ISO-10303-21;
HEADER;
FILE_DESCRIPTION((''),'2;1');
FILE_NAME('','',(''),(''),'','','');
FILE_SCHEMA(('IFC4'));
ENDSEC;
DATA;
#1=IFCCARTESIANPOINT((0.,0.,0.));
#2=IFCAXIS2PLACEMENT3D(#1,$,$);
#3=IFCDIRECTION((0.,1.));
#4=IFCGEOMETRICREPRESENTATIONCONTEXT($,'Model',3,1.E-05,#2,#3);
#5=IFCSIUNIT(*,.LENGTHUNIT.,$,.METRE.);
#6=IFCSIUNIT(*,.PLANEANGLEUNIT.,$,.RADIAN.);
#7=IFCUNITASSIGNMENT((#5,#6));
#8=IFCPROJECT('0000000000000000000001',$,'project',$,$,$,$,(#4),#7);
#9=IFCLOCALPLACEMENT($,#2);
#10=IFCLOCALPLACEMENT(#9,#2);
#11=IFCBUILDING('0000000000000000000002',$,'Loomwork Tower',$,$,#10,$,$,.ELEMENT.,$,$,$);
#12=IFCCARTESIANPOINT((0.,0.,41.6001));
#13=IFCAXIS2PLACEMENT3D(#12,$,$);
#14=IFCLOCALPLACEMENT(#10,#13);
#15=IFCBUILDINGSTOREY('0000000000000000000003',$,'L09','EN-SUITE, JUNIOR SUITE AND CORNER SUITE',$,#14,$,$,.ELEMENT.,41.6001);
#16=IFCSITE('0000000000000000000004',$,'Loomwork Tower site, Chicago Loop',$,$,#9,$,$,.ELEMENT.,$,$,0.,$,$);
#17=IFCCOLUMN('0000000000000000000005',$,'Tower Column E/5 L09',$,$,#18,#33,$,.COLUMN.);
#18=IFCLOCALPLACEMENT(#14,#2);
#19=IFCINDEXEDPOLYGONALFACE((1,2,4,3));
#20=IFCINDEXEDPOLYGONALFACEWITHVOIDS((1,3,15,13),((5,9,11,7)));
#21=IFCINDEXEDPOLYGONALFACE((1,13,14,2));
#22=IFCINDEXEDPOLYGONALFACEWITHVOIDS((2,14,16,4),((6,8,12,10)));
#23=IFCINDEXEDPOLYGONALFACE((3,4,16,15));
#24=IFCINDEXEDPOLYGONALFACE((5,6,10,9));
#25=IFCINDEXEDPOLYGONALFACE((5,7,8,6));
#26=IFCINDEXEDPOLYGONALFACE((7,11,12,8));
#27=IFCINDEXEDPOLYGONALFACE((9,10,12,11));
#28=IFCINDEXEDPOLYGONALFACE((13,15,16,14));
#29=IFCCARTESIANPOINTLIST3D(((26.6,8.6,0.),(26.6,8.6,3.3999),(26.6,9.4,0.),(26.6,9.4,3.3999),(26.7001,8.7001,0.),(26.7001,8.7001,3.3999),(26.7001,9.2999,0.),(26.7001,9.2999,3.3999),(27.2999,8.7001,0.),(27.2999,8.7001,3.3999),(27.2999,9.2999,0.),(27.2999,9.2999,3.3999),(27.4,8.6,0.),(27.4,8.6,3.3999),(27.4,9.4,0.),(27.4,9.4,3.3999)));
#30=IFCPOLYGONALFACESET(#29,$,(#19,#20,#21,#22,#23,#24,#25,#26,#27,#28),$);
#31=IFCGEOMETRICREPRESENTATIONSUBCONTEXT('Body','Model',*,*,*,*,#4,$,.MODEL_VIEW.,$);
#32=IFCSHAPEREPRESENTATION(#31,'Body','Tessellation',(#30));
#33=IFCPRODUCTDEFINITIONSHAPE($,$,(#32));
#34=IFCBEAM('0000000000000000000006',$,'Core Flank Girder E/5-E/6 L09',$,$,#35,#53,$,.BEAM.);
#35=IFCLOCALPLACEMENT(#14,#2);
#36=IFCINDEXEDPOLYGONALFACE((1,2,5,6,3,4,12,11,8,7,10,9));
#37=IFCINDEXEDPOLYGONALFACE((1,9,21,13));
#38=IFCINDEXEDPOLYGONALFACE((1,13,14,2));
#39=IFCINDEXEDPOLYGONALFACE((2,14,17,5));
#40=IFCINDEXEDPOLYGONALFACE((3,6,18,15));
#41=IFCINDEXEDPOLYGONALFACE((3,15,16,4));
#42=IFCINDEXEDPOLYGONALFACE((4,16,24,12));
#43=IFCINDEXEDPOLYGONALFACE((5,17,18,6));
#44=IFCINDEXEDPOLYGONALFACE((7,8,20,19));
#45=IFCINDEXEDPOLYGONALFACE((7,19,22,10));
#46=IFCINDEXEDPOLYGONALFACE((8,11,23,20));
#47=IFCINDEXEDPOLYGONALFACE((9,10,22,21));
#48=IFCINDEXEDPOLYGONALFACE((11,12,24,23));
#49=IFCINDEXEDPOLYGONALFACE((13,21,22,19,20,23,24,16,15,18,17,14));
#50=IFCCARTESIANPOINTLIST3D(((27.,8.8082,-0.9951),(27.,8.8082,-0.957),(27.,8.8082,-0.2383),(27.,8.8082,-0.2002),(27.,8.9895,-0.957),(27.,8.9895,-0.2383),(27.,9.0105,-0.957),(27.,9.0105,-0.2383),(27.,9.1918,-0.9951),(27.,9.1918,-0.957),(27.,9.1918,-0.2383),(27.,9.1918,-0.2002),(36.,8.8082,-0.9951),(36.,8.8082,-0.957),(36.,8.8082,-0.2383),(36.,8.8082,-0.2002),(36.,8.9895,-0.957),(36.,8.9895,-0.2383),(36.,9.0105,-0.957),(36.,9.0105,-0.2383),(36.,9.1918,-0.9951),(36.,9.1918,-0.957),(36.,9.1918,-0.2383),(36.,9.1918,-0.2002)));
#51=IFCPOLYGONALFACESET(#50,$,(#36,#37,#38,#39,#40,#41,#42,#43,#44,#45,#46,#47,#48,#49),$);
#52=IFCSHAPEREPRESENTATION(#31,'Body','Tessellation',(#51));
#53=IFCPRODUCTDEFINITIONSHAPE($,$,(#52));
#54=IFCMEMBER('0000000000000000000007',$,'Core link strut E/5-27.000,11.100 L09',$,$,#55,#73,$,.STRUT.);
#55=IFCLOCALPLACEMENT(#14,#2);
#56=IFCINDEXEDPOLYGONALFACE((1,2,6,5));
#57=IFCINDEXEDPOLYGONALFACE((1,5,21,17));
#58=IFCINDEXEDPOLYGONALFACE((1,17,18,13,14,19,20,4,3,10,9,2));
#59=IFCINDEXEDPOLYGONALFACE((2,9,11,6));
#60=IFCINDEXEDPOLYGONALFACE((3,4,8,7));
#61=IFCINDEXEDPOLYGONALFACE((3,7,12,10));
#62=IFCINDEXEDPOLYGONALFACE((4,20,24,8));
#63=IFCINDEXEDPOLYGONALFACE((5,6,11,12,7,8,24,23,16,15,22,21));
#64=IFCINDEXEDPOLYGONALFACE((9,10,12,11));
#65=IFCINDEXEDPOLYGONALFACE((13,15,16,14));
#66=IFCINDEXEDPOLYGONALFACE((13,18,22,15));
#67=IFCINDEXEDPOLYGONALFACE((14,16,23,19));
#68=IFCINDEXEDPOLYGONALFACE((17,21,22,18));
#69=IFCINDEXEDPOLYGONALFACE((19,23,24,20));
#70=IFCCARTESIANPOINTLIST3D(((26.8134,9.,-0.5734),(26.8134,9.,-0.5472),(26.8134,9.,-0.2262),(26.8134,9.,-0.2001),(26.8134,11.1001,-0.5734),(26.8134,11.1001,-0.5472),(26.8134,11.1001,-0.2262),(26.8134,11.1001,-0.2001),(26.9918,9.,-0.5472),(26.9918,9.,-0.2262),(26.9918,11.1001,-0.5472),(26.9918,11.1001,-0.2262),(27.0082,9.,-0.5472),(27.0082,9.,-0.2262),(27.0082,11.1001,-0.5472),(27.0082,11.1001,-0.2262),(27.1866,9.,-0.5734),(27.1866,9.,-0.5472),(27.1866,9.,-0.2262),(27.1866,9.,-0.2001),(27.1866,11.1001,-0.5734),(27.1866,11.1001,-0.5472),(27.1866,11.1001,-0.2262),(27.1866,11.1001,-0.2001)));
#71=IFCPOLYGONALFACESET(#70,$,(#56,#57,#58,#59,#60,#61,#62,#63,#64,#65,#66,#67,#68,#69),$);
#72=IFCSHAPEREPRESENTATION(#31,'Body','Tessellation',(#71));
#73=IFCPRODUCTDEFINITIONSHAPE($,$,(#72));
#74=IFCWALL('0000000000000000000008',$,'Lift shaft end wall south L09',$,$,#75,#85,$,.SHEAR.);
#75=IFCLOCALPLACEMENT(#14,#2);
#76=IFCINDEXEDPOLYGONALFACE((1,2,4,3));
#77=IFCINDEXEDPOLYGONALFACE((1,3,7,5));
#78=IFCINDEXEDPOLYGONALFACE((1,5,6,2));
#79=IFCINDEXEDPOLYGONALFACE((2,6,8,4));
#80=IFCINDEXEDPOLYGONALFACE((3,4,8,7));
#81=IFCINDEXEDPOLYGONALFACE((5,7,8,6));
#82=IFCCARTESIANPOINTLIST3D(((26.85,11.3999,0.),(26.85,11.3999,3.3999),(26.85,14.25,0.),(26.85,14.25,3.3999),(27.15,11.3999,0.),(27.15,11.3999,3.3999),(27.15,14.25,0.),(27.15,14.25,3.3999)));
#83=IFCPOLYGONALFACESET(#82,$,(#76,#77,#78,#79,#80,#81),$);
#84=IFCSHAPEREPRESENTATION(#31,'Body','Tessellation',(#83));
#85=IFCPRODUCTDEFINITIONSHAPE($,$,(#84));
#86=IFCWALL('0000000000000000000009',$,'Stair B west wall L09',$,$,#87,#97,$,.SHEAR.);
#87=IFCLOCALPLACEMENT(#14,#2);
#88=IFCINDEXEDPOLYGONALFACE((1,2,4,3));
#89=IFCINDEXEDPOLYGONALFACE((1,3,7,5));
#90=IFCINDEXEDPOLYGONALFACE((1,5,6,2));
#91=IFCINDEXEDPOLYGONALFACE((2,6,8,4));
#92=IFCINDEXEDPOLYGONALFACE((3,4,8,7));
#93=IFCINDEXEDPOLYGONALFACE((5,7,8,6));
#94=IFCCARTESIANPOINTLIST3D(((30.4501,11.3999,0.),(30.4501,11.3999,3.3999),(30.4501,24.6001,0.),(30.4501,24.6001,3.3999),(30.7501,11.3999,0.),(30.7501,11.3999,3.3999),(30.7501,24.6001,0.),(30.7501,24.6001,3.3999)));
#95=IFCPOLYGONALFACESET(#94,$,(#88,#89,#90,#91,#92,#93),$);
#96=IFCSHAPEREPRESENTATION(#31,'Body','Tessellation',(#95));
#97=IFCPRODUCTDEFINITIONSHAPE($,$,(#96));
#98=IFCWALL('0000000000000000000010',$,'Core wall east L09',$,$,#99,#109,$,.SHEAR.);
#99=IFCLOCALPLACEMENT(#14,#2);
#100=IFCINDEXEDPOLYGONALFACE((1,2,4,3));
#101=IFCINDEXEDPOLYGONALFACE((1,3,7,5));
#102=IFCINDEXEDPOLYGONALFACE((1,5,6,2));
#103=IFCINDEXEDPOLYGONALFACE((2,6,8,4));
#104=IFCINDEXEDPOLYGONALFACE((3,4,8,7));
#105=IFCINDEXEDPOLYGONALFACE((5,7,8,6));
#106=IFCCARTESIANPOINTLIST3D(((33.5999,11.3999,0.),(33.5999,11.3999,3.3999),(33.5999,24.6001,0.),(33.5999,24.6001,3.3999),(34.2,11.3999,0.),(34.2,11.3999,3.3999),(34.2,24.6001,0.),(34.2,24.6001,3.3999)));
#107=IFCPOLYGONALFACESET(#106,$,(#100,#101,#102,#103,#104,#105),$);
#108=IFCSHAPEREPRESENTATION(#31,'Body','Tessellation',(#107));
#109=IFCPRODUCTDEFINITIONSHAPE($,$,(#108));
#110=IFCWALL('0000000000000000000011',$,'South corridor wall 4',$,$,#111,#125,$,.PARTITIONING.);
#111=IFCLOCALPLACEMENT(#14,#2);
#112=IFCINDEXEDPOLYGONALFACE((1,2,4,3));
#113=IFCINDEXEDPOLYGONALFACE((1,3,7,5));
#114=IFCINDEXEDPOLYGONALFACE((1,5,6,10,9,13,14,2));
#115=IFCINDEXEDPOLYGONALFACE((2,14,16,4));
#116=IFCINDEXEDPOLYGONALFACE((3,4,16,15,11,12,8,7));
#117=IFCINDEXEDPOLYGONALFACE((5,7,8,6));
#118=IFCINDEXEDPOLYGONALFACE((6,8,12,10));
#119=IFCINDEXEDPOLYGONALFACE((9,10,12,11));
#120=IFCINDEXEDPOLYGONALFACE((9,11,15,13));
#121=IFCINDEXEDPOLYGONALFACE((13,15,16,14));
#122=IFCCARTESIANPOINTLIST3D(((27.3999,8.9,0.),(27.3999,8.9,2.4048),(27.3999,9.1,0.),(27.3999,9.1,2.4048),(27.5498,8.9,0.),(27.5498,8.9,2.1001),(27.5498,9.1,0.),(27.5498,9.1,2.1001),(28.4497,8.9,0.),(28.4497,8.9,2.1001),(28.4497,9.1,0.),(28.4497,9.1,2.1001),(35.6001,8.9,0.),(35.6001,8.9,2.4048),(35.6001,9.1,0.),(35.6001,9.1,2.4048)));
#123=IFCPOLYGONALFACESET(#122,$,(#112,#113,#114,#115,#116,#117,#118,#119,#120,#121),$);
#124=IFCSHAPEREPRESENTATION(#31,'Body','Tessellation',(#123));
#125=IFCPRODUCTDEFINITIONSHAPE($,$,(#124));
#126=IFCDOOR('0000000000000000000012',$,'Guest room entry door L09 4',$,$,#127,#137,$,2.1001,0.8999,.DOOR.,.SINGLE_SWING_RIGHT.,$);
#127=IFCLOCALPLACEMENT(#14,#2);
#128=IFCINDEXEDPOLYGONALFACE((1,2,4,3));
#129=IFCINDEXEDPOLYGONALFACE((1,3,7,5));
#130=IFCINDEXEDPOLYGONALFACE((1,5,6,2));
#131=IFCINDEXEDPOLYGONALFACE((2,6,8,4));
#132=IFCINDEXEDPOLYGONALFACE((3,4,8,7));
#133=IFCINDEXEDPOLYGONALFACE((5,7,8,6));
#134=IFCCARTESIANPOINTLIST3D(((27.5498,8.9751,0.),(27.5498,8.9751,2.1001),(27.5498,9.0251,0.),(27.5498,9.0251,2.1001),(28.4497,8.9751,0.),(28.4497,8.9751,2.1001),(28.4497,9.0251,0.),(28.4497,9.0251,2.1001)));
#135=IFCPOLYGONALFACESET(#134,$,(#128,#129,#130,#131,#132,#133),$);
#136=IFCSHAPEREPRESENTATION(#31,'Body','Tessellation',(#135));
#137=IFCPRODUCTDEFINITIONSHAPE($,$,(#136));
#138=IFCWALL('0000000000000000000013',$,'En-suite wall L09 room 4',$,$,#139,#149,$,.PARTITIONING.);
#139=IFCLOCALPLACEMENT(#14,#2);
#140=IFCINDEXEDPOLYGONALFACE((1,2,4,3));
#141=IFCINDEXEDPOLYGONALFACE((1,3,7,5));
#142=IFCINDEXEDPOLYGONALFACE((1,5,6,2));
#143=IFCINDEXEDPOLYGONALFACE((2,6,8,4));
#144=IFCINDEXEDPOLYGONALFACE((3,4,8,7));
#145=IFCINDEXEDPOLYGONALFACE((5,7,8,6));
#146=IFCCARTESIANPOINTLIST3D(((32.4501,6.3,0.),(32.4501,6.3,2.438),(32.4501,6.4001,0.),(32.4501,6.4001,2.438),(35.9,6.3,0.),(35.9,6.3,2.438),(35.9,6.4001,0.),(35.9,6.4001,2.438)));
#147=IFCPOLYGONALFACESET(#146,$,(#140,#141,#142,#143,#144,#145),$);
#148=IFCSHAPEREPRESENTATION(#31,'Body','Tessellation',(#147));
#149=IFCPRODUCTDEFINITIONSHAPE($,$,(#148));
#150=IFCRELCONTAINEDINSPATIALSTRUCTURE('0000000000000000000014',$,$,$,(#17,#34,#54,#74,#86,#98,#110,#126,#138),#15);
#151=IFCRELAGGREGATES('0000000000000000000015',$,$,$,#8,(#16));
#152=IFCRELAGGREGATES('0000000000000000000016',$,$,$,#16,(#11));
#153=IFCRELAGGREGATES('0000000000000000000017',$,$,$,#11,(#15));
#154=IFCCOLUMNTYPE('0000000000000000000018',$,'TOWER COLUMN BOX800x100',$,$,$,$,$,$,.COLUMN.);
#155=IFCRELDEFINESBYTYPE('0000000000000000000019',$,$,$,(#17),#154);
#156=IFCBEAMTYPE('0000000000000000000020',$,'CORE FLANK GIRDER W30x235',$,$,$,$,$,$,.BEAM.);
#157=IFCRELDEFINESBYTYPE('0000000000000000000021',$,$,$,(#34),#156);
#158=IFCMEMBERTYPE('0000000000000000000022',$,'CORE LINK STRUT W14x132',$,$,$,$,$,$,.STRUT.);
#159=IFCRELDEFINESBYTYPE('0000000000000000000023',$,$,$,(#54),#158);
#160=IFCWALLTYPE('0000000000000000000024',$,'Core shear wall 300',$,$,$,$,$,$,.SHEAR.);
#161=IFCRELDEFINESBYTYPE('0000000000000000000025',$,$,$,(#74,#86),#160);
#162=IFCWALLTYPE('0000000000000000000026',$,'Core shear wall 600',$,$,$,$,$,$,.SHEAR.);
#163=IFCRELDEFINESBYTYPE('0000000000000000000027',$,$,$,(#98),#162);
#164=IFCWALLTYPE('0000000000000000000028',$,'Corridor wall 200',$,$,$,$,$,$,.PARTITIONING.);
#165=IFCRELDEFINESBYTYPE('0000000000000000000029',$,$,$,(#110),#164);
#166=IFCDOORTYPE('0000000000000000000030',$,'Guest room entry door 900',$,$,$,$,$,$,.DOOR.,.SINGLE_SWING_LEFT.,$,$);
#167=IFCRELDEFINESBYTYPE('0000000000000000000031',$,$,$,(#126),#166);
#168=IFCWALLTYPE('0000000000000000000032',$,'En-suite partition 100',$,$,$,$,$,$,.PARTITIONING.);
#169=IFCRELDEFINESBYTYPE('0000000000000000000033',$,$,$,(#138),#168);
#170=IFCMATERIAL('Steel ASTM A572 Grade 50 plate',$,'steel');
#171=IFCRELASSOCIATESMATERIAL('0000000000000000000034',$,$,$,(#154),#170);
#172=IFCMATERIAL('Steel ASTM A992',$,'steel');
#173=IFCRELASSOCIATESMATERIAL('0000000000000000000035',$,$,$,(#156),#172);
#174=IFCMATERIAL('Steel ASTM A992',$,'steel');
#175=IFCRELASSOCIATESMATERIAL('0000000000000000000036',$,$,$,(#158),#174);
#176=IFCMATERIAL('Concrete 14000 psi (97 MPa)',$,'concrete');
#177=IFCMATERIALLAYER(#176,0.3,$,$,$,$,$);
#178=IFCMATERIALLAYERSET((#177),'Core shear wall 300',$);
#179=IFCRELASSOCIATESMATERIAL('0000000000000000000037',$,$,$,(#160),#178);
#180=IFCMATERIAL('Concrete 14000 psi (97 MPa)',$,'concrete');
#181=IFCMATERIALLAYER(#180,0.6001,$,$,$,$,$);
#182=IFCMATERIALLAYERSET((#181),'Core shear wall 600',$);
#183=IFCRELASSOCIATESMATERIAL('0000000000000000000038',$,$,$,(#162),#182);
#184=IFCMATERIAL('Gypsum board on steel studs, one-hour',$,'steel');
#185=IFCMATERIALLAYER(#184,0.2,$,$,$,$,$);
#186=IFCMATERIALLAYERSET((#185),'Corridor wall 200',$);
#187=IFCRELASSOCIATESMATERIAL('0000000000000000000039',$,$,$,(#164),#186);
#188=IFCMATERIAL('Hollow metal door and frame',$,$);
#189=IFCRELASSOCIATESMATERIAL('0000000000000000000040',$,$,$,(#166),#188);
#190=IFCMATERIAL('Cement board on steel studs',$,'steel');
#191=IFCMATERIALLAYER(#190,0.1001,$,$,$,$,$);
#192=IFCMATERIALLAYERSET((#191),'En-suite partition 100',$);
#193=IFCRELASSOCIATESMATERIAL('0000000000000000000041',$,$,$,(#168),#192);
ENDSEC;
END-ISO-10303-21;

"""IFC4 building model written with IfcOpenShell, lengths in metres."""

from ifc_helpers import new_model, si_unit, direction, frame, frame_2d, origin, origin_2d, place, context, subcontext, project, spatial, rectangle, hollow_rectangle, i_section, extrude, material, layer, layer_set, material_profile, profile_set, type_object, element, fill, save


model = new_model("IFC4")

# Units and contexts
model_context = context("Model", 3, precision=1e-05, world=origin(), true_north=direction((0.0, 1.0)))
body_context = subcontext(model_context, "Body", "Model", "MODEL_VIEW")
ifc_project = project(units=[si_unit("LENGTHUNIT", "METRE"), si_unit("PLANEANGLEUNIT", "RADIAN")], contexts=[model_context])

# Site, building, storey
site_placement = place(None, origin())
site = spatial("IfcSite", under=ifc_project, at=site_placement, Name="Loomwork Tower site, Chicago Loop", CompositionType="ELEMENT", RefElevation=0.0)
building_placement = place(site_placement, origin())
building = spatial("IfcBuilding", under=site, at=building_placement, Name="Loomwork Tower", CompositionType="ELEMENT")
storey_placement = place(building_placement, frame((0.0, 0.0, 41.6001)))
storey = spatial("IfcBuildingStorey", under=building, at=storey_placement, Name="L09", Description="EN-SUITE, JUNIOR SUITE AND CORNER SUITE", CompositionType="ELEMENT", Elevation=41.6001)

# Column
ifc_material_1 = material(Name="Steel ASTM A572 Grade 50 plate", Category="steel")
ifc_material_profile_1 = material_profile(ifc_material_1, hollow_rectangle(XDim=0.8, YDim=0.8, WallThickness=0.1001, at=origin_2d()), Name="BOX800x100")
ifc_profile_set_1 = profile_set([ifc_material_profile_1], Name="Steel ASTM A572 Grade 50 plate")
column_type = type_object("IfcColumnType", Name="TOWER COLUMN BOX800x100", PredefinedType="COLUMN", material=ifc_profile_set_1)
column_placement = place(storey_placement, frame((27.0, 9.0, 0.0), z_axis=(0.0, 0.0, 1.0), x_axis=(1.0, 0.0, 0.0)))
element("IfcColumn", 1, at=column_placement, inside=storey, type_object=column_type, Name="Tower Column E/5 L09", PredefinedType="COLUMN", context=body_context, shape_type="SweptSolid", body=[
    extrude(hollow_rectangle(XDim=0.8, YDim=0.8, WallThickness=0.1001, at=origin_2d()), origin(), (0.0, 0.0, 1.0), 3.3999),
])

# Beam
ifc_material_2 = material(Name="Steel ASTM A992", Category="steel")
ifc_material_profile_2 = material_profile(ifc_material_2, i_section(OverallWidth=0.3835, OverallDepth=0.7949, WebThickness=0.021, FlangeThickness=0.0381, at=origin_2d()), Name="W30x235")
ifc_profile_set_2 = profile_set([ifc_material_profile_2], Name="Steel ASTM A992")
beam_type = type_object("IfcBeamType", Name="CORE FLANK GIRDER W30x235", PredefinedType="BEAM", material=ifc_profile_set_2)
beam_placement = place(storey_placement, frame((27.0, 9.0, -0.5977), z_axis=(1.0, 0.0, 0.0), x_axis=(0.0, 1.0, 0.0)))
element("IfcBeam", 2, at=beam_placement, inside=storey, type_object=beam_type, Name="Core Flank Girder E/5-E/6 L09", PredefinedType="BEAM", context=body_context, shape_type="SweptSolid", body=[
    extrude(i_section(OverallWidth=0.3835, OverallDepth=0.7949, WebThickness=0.021, FlangeThickness=0.0381, at=origin_2d()), origin(), (0.0, 0.0, 1.0), 9.0),
])

# Member
ifc_material_3 = material(Name="Steel ASTM A992", Category="steel")
ifc_material_profile_3 = material_profile(ifc_material_3, i_section(OverallWidth=0.3733, OverallDepth=0.3733, WebThickness=0.0164, FlangeThickness=0.0261, at=origin_2d()), Name="W14x132")
ifc_profile_set_3 = profile_set([ifc_material_profile_3], Name="Steel ASTM A992")
member_type = type_object("IfcMemberType", Name="CORE LINK STRUT W14x132", PredefinedType="STRUT", material=ifc_profile_set_3)
member_placement = place(storey_placement, frame((27.0, 9.0, -0.3867), z_axis=(0.0, 1.0, 0.0), x_axis=(-1.0, 0.0, 0.0)))
element("IfcMember", 3, at=member_placement, inside=storey, type_object=member_type, Name="Core link strut E/5-27.000,11.100 L09", PredefinedType="STRUT", context=body_context, shape_type="SweptSolid", body=[
    extrude(i_section(OverallWidth=0.3733, OverallDepth=0.3733, WebThickness=0.0164, FlangeThickness=0.0261, at=origin_2d()), origin(), (0.0, 0.0, 1.0), 2.1001),
])

# Walls
ifc_material_4 = material(Name="Concrete 14000 psi (97 MPa)", Category="concrete")
ifc_layer_1 = layer(ifc_material_4, 0.3)
ifc_layer_set_1 = layer_set([ifc_layer_1], Name="Core shear wall 300")
wall_type_1 = type_object("IfcWallType", Name="Core shear wall 300", PredefinedType="SHEAR", material=ifc_layer_set_1)
wall_1_placement = place(storey_placement, frame((27.0, 11.3999, 0.0), z_axis=(0.0, 0.0, 1.0), x_axis=(0.0, 1.0, 0.0)))
element("IfcWall", 4, at=wall_1_placement, inside=storey, type_object=wall_type_1, Name="Lift shaft end wall south L09", PredefinedType="SHEAR", context=body_context, shape_type="SweptSolid", body=[
    extrude(rectangle(XDim=2.8501, YDim=0.3, at=frame_2d((1.425, 0.0))), origin(), (0.0, 0.0, 1.0), 3.3999),
])
wall_2_placement = place(storey_placement, frame((30.6001, 11.3999, 0.0), z_axis=(0.0, 0.0, 1.0), x_axis=(0.0, 1.0, 0.0)))
element("IfcWall", 5, at=wall_2_placement, inside=storey, type_object=wall_type_1, Name="Stair B west wall L09", PredefinedType="SHEAR", context=body_context, shape_type="SweptSolid", body=[
    extrude(rectangle(XDim=13.2002, YDim=0.3, at=frame_2d((6.6001, 0.0))), origin(), (0.0, 0.0, 1.0), 3.3999),
])
ifc_material_5 = material(Name="Concrete 14000 psi (97 MPa)", Category="concrete")
ifc_layer_2 = layer(ifc_material_5, 0.6001)
ifc_layer_set_2 = layer_set([ifc_layer_2], Name="Core shear wall 600")
wall_type_2 = type_object("IfcWallType", Name="Core shear wall 600", PredefinedType="SHEAR", material=ifc_layer_set_2)
wall_3_placement = place(storey_placement, frame((33.8999, 11.3999, 0.0), z_axis=(0.0, 0.0, 1.0), x_axis=(0.0, 1.0, 0.0)))
element("IfcWall", 6, at=wall_3_placement, inside=storey, type_object=wall_type_2, Name="Core wall east L09", PredefinedType="SHEAR", context=body_context, shape_type="SweptSolid", body=[
    extrude(rectangle(XDim=13.2002, YDim=0.6001, at=frame_2d((6.6001, 0.0))), origin(), (0.0, 0.0, 1.0), 3.3999),
])

# Wall, opening, door
ifc_material_6 = material(Name="Gypsum board on steel studs, one-hour", Category="steel")
ifc_layer_3 = layer(ifc_material_6, 0.2)
ifc_layer_set_3 = layer_set([ifc_layer_3], Name="Corridor wall 200")
wall_type_3 = type_object("IfcWallType", Name="Corridor wall 200", PredefinedType="PARTITIONING", material=ifc_layer_set_3)
wall_4_placement = place(storey_placement, frame((27.3999, 9.0, 0.0), z_axis=(0.0, 0.0, 1.0), x_axis=(1.0, 0.0, 0.0)))
wall_4 = element("IfcWall", 7, at=wall_4_placement, inside=storey, type_object=wall_type_3, Name="South corridor wall 4", PredefinedType="PARTITIONING", context=body_context, shape_type="SweptSolid", body=[
    extrude(rectangle(XDim=8.2002, YDim=0.2, at=frame_2d((4.1001, 0.0))), origin(), (0.0, 0.0, 1.0), 2.4048),
])
opening_1_placement = place(wall_4_placement, frame((0.1499, 0.0, 0.0)))
opening_1 = element("IfcOpeningElement", 8, at=opening_1_placement, cuts=wall_4, PredefinedType="OPENING", context=body_context, shape_type="SweptSolid", body=[
    extrude(rectangle(XDim=0.8999, YDim=2.1001, at=frame_2d((0.45, 1.05))), frame((0.0, 0.1099, 0.0), z_axis=(0.0, -1.0, 0.0), x_axis=(1.0, 0.0, 0.0)), (0.0, 0.0, 1.0), 0.22),
])
ifc_material_7 = material(Name="Hollow metal door and frame")
door_type_1 = type_object("IfcDoorType", Name="Guest room entry door 900", OperationType="SINGLE_SWING_LEFT", PredefinedType="DOOR", material=ifc_material_7)
door_1_placement = place(opening_1_placement, frame((0.8999, 0.0, 0.0), z_axis=(0.0, 0.0, 1.0), x_axis=(-1.0, 0.0, 0.0)))
door_1 = element("IfcDoor", 9, at=door_1_placement, inside=storey, type_object=door_type_1, Name="Guest room entry door L09 4", OperationType="SINGLE_SWING_RIGHT", OverallHeight=2.1001, OverallWidth=0.8999, PredefinedType="DOOR", context=body_context, shape_type="SweptSolid", body=[
    extrude(rectangle(XDim=0.8999, YDim=2.1001, at=frame_2d((0.45, 1.05))), frame((0.0, 0.0249, 0.0), z_axis=(0.0, -1.0, 0.0), x_axis=(1.0, 0.0, 0.0)), (0.0, 0.0, 1.0), 0.05),
])
fill(opening_1, door_1)

# Wall
ifc_material_8 = material(Name="Cement board on steel studs", Category="steel")
ifc_layer_4 = layer(ifc_material_8, 0.1001)
ifc_layer_set_4 = layer_set([ifc_layer_4], Name="En-suite partition 100")
wall_type_4 = type_object("IfcWallType", Name="En-suite partition 100", PredefinedType="PARTITIONING", material=ifc_layer_set_4)
wall_5_placement = place(storey_placement, frame((32.45, 6.3501, 0.0), z_axis=(0.0, 0.0, 1.0), x_axis=(1.0, 0.0, 0.0)))
element("IfcWall", 10, at=wall_5_placement, inside=storey, type_object=wall_type_4, Name="En-suite wall L09 room 4", PredefinedType="PARTITIONING", context=body_context, shape_type="SweptSolid", body=[
    extrude(rectangle(XDim=3.45, YDim=0.1001, at=frame_2d((1.7251, 0.0))), origin(), (0.0, 0.0, 1.0), 2.438),
])

save(model, "model.ifc")
